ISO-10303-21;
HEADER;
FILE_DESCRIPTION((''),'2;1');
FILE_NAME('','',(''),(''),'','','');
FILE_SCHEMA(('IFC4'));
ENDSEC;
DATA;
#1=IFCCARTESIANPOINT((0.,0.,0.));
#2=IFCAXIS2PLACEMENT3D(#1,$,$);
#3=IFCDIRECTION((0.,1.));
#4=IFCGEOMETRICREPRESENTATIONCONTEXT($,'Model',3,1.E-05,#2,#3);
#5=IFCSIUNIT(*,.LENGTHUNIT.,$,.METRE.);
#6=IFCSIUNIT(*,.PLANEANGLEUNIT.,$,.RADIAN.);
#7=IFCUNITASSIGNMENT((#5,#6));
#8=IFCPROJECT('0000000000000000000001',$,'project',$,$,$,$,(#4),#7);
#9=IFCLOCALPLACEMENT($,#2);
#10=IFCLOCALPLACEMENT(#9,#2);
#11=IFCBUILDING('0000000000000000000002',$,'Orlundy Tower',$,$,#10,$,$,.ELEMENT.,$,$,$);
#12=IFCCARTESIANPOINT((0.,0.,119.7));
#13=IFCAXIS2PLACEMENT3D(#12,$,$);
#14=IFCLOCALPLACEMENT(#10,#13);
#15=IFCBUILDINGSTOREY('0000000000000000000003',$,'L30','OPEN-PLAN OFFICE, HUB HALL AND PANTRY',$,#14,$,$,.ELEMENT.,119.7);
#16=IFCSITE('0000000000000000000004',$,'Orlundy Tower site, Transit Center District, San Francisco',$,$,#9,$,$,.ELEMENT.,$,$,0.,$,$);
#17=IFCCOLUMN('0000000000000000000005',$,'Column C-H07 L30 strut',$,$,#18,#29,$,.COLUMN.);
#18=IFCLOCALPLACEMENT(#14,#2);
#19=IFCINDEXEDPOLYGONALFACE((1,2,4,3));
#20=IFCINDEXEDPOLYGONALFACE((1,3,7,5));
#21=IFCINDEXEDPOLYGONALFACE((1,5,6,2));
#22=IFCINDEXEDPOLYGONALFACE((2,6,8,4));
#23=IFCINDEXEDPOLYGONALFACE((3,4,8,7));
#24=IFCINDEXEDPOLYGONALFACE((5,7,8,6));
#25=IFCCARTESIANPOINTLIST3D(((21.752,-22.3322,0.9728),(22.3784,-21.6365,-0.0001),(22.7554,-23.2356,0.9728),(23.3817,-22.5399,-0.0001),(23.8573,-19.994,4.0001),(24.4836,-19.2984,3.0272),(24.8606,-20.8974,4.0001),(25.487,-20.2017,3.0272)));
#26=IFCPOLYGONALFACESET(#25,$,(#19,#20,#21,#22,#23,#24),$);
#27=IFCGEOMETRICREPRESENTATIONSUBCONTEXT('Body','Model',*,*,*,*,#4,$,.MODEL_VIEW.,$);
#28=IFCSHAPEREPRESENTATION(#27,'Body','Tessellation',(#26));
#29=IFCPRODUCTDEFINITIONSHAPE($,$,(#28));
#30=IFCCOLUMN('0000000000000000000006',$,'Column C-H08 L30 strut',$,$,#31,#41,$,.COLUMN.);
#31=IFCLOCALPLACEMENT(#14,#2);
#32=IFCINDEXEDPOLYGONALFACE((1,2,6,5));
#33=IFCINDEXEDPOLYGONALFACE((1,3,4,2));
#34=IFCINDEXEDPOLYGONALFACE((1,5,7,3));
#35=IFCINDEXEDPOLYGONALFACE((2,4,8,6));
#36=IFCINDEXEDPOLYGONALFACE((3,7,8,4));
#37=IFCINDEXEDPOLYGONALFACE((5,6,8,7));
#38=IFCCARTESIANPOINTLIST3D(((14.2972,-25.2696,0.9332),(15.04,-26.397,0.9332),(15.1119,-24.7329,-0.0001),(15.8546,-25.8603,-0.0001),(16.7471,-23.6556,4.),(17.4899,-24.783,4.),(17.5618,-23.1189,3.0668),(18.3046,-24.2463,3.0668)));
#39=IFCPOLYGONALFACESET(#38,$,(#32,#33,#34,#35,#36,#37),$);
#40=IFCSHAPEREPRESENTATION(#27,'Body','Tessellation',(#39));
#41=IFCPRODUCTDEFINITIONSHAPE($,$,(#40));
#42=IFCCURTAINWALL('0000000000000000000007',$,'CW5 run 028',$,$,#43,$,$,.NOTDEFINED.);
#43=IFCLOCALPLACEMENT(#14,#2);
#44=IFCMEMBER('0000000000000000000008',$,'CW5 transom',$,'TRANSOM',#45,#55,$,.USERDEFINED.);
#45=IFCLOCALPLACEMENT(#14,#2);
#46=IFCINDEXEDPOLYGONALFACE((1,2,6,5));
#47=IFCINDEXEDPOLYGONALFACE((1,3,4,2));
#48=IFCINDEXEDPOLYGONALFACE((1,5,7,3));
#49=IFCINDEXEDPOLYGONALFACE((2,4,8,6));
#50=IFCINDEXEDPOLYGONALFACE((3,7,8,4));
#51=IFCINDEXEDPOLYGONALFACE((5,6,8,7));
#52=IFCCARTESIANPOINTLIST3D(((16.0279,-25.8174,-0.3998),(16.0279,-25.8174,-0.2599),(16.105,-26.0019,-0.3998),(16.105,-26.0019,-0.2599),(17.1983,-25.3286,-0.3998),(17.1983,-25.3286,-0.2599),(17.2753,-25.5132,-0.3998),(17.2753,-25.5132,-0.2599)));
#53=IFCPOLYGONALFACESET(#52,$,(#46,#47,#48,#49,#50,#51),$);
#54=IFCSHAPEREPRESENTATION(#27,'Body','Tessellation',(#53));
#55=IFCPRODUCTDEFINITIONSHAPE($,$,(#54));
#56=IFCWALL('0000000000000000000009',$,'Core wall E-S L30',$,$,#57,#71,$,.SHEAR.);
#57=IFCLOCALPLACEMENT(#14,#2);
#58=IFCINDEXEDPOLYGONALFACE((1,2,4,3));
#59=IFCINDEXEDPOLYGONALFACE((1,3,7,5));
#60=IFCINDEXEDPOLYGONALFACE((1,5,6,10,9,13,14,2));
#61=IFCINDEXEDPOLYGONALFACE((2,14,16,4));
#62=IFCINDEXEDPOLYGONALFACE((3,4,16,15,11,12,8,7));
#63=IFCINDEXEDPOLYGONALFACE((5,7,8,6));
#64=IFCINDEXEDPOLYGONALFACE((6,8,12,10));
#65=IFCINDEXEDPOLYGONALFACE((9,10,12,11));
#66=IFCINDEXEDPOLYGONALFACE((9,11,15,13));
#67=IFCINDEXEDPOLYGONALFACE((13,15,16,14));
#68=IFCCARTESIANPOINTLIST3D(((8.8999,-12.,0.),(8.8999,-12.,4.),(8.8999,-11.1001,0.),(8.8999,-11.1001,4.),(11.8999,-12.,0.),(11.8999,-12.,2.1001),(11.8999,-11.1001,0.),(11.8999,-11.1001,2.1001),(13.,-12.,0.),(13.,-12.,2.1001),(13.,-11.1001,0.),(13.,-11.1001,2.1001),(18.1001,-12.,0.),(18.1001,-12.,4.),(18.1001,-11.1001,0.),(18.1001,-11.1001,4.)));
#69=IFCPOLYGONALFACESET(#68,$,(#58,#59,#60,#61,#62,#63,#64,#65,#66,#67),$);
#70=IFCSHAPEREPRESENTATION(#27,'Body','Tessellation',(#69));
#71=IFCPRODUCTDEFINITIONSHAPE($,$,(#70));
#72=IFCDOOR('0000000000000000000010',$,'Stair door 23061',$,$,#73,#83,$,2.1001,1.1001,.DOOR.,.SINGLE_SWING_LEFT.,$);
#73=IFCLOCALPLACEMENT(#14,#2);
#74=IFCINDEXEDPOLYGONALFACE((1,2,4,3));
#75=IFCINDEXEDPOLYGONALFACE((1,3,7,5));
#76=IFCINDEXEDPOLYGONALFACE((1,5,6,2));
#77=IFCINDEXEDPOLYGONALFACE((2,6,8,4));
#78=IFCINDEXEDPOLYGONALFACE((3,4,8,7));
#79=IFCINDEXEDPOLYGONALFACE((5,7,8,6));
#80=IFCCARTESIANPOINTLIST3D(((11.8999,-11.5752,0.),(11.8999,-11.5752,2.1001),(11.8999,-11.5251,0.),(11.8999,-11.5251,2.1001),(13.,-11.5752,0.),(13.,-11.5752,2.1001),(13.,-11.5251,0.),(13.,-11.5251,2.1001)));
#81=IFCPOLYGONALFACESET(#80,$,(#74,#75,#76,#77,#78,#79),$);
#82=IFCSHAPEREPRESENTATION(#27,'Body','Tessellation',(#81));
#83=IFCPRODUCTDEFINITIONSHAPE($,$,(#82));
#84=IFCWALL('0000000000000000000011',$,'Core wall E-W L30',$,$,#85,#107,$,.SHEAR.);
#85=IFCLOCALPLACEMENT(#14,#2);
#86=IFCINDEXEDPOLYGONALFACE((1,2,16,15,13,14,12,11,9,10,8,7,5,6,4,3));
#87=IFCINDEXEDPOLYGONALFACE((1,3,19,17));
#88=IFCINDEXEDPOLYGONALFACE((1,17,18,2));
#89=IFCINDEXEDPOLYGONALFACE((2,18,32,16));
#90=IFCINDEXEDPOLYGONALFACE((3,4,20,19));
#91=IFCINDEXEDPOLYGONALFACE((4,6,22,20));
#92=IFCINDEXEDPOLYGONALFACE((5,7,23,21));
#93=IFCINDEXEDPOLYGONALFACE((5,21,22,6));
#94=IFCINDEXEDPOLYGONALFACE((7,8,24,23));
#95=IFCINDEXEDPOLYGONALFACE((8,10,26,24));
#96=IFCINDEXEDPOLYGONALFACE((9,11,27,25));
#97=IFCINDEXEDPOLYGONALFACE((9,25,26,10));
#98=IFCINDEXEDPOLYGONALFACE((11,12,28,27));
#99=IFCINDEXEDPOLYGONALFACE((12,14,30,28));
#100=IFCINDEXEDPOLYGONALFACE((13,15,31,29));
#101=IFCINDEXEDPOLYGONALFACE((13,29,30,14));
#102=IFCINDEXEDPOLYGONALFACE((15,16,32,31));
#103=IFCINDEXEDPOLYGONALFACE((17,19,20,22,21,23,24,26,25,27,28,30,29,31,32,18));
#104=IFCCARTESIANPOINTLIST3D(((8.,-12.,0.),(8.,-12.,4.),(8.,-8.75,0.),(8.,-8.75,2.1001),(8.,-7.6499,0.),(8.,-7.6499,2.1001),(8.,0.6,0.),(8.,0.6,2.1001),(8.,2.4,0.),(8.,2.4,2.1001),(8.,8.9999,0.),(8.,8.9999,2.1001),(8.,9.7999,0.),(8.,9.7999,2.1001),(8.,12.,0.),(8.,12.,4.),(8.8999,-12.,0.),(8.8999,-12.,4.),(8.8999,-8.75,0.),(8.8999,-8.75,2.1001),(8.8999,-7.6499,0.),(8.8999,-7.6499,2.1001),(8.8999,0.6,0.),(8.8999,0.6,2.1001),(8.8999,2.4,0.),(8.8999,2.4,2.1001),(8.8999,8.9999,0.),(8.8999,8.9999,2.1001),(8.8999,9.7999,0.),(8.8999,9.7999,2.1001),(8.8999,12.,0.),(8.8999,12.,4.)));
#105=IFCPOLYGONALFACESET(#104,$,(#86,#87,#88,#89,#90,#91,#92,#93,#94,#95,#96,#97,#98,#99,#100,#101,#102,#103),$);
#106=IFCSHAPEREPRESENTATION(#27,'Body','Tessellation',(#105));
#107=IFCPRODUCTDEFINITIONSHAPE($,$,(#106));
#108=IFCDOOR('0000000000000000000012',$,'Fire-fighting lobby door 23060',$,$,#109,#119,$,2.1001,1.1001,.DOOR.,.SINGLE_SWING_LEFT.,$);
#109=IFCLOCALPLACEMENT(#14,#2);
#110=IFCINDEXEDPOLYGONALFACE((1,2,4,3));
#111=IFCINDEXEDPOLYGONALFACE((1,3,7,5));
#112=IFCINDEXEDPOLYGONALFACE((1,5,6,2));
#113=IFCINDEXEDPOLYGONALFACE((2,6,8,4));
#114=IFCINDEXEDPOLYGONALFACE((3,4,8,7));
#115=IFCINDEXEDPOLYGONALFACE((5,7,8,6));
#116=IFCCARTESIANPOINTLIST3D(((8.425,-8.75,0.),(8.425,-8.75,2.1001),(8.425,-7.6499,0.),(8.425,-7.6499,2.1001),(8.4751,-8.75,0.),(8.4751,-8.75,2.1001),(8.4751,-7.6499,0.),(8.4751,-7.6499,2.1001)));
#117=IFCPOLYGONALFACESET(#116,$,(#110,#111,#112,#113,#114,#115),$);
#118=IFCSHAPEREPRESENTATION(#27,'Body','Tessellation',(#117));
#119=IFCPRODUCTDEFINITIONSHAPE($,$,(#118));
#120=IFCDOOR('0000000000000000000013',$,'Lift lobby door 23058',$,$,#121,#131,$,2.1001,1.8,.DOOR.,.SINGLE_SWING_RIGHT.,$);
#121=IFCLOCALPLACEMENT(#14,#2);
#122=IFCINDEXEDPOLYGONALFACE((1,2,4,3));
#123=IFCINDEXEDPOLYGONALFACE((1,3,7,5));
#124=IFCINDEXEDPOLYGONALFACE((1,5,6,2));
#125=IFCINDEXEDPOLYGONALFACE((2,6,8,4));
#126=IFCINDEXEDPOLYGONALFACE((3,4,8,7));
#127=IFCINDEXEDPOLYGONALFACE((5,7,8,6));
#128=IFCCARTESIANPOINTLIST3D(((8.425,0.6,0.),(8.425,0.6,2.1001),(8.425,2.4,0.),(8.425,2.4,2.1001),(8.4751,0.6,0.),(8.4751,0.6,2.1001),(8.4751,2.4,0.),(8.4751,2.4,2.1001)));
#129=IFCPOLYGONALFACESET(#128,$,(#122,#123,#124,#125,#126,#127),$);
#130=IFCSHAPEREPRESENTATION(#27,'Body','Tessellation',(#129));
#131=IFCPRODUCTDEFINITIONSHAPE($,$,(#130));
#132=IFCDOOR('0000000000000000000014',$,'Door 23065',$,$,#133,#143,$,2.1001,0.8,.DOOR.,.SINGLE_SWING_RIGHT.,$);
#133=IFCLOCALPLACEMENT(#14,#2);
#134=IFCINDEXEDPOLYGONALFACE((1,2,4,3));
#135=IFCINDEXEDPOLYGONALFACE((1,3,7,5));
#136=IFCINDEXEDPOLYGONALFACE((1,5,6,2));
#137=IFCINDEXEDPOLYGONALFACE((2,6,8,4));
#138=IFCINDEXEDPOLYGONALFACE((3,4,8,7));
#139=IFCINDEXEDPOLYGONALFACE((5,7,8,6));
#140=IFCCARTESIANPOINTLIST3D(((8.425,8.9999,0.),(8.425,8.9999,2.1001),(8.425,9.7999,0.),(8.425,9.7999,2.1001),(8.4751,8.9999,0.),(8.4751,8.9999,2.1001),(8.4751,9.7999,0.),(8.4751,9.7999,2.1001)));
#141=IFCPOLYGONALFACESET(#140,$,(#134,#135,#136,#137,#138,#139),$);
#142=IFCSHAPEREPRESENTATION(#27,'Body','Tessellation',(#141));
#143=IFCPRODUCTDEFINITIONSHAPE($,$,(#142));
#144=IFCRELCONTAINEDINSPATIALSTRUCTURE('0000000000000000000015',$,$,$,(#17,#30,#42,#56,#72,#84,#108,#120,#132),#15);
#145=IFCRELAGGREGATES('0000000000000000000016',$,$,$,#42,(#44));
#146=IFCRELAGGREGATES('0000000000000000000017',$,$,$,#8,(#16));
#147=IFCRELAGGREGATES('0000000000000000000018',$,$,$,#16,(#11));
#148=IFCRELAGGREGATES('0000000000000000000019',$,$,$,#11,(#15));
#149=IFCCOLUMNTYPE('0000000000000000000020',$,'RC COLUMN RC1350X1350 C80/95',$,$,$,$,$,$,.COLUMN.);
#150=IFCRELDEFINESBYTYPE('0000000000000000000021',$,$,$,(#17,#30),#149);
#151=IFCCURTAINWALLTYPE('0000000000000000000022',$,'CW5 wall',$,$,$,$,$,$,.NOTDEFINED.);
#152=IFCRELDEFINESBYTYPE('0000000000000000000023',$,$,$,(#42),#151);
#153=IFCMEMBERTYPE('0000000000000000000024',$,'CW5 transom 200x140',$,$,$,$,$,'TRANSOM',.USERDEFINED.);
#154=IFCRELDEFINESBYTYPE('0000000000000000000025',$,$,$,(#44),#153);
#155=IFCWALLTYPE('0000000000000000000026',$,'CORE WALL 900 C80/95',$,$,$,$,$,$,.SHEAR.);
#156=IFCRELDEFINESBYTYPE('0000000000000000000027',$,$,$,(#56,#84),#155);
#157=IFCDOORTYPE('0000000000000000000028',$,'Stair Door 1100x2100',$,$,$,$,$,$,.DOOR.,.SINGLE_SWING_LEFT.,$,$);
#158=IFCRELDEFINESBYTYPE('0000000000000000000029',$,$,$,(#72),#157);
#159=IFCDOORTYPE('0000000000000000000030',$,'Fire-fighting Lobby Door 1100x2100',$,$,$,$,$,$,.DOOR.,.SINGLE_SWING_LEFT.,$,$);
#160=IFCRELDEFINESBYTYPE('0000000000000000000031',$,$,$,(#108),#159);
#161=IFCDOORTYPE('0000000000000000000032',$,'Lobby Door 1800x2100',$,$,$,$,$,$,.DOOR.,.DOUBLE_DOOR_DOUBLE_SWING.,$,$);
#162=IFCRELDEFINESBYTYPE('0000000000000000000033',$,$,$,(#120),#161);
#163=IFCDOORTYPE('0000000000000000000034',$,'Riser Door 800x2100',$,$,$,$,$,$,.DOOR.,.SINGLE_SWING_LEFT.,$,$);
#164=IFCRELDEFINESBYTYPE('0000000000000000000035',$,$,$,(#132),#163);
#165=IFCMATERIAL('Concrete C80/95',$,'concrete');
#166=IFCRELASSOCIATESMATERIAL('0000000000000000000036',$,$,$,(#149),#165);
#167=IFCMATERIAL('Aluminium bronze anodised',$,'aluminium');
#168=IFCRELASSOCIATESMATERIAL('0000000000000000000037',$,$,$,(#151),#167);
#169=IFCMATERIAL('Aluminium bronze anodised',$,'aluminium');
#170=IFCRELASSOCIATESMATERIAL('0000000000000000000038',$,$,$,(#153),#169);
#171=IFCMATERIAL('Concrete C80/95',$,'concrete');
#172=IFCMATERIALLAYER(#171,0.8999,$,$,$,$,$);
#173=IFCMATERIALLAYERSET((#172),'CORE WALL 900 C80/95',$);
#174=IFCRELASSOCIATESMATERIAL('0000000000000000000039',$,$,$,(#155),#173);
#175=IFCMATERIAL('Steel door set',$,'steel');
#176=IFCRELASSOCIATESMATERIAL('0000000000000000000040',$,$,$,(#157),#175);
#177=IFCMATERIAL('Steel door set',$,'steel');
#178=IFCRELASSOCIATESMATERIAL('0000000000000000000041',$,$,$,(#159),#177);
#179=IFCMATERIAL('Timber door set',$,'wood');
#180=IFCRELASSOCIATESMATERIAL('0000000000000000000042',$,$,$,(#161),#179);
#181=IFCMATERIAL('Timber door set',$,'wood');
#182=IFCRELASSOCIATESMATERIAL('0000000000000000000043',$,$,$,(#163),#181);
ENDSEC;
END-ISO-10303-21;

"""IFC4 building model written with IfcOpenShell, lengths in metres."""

from ifc_helpers import new_model, si_unit, direction, frame, frame_2d, origin, origin_2d, place, context, subcontext, project, spatial, rectangle, extrude, material, layer, layer_set, material_profile, profile_set, type_object, element, fill, aggregate, save


model = new_model("IFC4")

# Units and contexts
model_context = context("Model", 3, precision=1e-05, world=origin(), true_north=direction((0.0, 1.0)))
body_context = subcontext(model_context, "Body", "Model", "MODEL_VIEW")
ifc_project = project(units=[si_unit("LENGTHUNIT", "METRE"), si_unit("PLANEANGLEUNIT", "RADIAN")], contexts=[model_context])

# Site, building, storey
site_placement = place(None, origin())
site = spatial("IfcSite", under=ifc_project, at=site_placement, Name="Orlundy Tower site, Transit Center District, San Francisco", CompositionType="ELEMENT", RefElevation=0.0)
building_placement = place(site_placement, origin())
building = spatial("IfcBuilding", under=site, at=building_placement, Name="Orlundy Tower", CompositionType="ELEMENT")
storey_placement = place(building_placement, frame((0.0, 0.0, 119.7)))
storey = spatial("IfcBuildingStorey", under=building, at=storey_placement, Name="L30", Description="OPEN-PLAN OFFICE, HUB HALL AND PANTRY", CompositionType="ELEMENT", Elevation=119.7)

# Columns
ifc_material_1 = material(Name="Concrete C80/95", Category="concrete")
ifc_material_profile_1 = material_profile(ifc_material_1, rectangle(XDim=1.3501, YDim=1.3501, at=origin_2d()), Name="RC1350X1350")
ifc_profile_set_1 = profile_set([ifc_material_profile_1], Name="Concrete C80/95")
column_type = type_object("IfcColumnType", Name="RC COLUMN RC1350X1350 C80/95", PredefinedType="COLUMN", material=ifc_profile_set_1)
column_1_placement = place(storey_placement, frame((22.5669, -22.436, 0.4863), z_axis=(0.482165, 0.535509, 0.69336), x_axis=(-0.743151, 0.669123, 0.0)))
element("IfcColumn", 1, at=column_1_placement, inside=storey, type_object=column_type, Name="Column C-H07 L30 strut", PredefinedType="COLUMN", context=body_context, shape_type="SweptSolid", body=[
    extrude(rectangle(XDim=1.3501, YDim=1.3501, at=origin_2d()), origin(), (0.0, 0.0, 1.0), 4.3662),
])
column_2_placement = place(storey_placement, frame((15.0759, -25.5649, 0.4666), z_axis=(0.577248, 0.380288, 0.72261), x_axis=(-0.550141, 0.835072, 0.0)))
element("IfcColumn", 2, at=column_2_placement, inside=storey, type_object=column_type, Name="Column C-H08 L30 strut", PredefinedType="COLUMN", context=body_context, shape_type="SweptSolid", body=[
    extrude(rectangle(XDim=1.3501, YDim=1.3501, at=origin_2d()), origin(), (0.0, 0.0, 1.0), 4.2441),
])

# Curtain wall, member
ifc_material_2 = material(Name="Aluminium bronze anodised", Category="aluminium")
curtain_wall_type = type_object("IfcCurtainWallType", Name="CW5 wall", PredefinedType="NOTDEFINED", material=ifc_material_2)
curtain_wall_placement = place(storey_placement, origin())
curtain_wall = element("IfcCurtainWall", 3, at=curtain_wall_placement, inside=storey, type_object=curtain_wall_type, Name="CW5 run 028", PredefinedType="NOTDEFINED")
ifc_material_3 = material(Name="Aluminium bronze anodised", Category="aluminium")
ifc_material_profile_2 = material_profile(ifc_material_3, rectangle(XDim=0.2, YDim=0.1399, at=origin_2d()), Name="CW5 transom 200x140")
ifc_profile_set_2 = profile_set([ifc_material_profile_2], Name="Aluminium bronze anodised")
member_type = type_object("IfcMemberType", Name="CW5 transom 200x140", ElementType="TRANSOM", PredefinedType="USERDEFINED", material=ifc_profile_set_2)
member_placement = place(storey_placement, frame((17.2368, -25.4209, -0.3298), z_axis=(-0.922769, -0.385353, 0.0), x_axis=(0.385353, -0.922769, 0.0)))
member = element("IfcMember", 4, at=member_placement, type_object=member_type, Name="CW5 transom", ObjectType="TRANSOM", PredefinedType="USERDEFINED", context=body_context, shape_type="SweptSolid", body=[
    extrude(rectangle(XDim=0.2, YDim=0.1399, at=origin_2d()), origin(), (0.0, 0.0, 1.0), 1.2683),
])
aggregate(curtain_wall, [member])

# Wall, opening, door
ifc_material_4 = material(Name="Concrete C80/95", Category="concrete")
ifc_layer_1 = layer(ifc_material_4, 0.8999)
ifc_layer_set_1 = layer_set([ifc_layer_1], Name="CORE WALL 900 C80/95")
wall_type_1 = type_object("IfcWallType", Name="CORE WALL 900 C80/95", PredefinedType="SHEAR", material=ifc_layer_set_1)
wall_1_placement = place(storey_placement, frame((8.8999, -11.55, 0.0), z_axis=(0.0, 0.0, 1.0), x_axis=(1.0, 0.0, 0.0)))
wall_1 = element("IfcWall", 5, at=wall_1_placement, inside=storey, type_object=wall_type_1, Name="Core wall E-S L30", PredefinedType="SHEAR", context=body_context, shape_type="SweptSolid", body=[
    extrude(rectangle(XDim=9.2002, YDim=0.8999, at=frame_2d((4.6001, 0.0))), origin(), (0.0, 0.0, 1.0), 4.0),
])
opening_1_placement = place(wall_1_placement, frame((3.0, 0.0, 0.0)))
opening_1 = element("IfcOpeningElement", 6, at=opening_1_placement, cuts=wall_1, PredefinedType="OPENING", context=body_context, shape_type="SweptSolid", body=[
    extrude(rectangle(XDim=1.1001, YDim=2.1001, at=frame_2d((0.55, 1.05))), frame((0.0, 0.46, 0.0), z_axis=(0.0, -1.0, 0.0), x_axis=(1.0, 0.0, 0.0)), (0.0, 0.0, 1.0), 0.9199),
])
ifc_material_5 = material(Name="Steel door set", Category="steel")
door_type_1 = type_object("IfcDoorType", Name="Stair Door 1100x2100", OperationType="SINGLE_SWING_LEFT", PredefinedType="DOOR", material=ifc_material_5)
door_1_placement = place(opening_1_placement, origin())
door_1 = element("IfcDoor", 7, at=door_1_placement, inside=storey, type_object=door_type_1, Name="Stair door 23061", OperationType="SINGLE_SWING_LEFT", OverallHeight=2.1001, OverallWidth=1.1001, PredefinedType="DOOR", context=body_context, shape_type="SweptSolid", body=[
    extrude(rectangle(XDim=1.1001, YDim=2.1001, at=frame_2d((0.55, 1.05))), frame((0.0, 0.0249, 0.0), z_axis=(0.0, -1.0, 0.0), x_axis=(1.0, 0.0, 0.0)), (0.0, 0.0, 1.0), 0.05),
])
fill(opening_1, door_1)

# Wall, openings, doors
wall_2_placement = place(storey_placement, frame((8.45, -12.0, 0.0), z_axis=(0.0, 0.0, 1.0), x_axis=(0.0, 1.0, 0.0)))
wall_2 = element("IfcWall", 8, at=wall_2_placement, inside=storey, type_object=wall_type_1, Name="Core wall E-W L30", PredefinedType="SHEAR", context=body_context, shape_type="SweptSolid", body=[
    extrude(rectangle(XDim=24.0, YDim=0.8999, at=frame_2d((12.0, 0.0))), origin(), (0.0, 0.0, 1.0), 4.0),
])
opening_2_placement = place(wall_2_placement, frame((12.6001, 0.0, 0.0)))
opening_2 = element("IfcOpeningElement", 9, at=opening_2_placement, cuts=wall_2, PredefinedType="OPENING", context=body_context, shape_type="SweptSolid", body=[
    extrude(rectangle(XDim=1.8, YDim=2.1001, at=frame_2d((0.8999, 1.05))), frame((0.0, 0.46, 0.0), z_axis=(0.0, -1.0, 0.0), x_axis=(1.0, 0.0, 0.0)), (0.0, 0.0, 1.0), 0.9199),
])
opening_3_placement = place(wall_2_placement, frame((3.25, 0.0, 0.0)))
opening_3 = element("IfcOpeningElement", 10, at=opening_3_placement, cuts=wall_2, PredefinedType="OPENING", context=body_context, shape_type="SweptSolid", body=[
    extrude(rectangle(XDim=1.1001, YDim=2.1001, at=frame_2d((0.55, 1.05))), frame((0.0, 0.46, 0.0), z_axis=(0.0, -1.0, 0.0), x_axis=(1.0, 0.0, 0.0)), (0.0, 0.0, 1.0), 0.9199),
])
opening_4_placement = place(wall_2_placement, frame((21.0, 0.0, 0.0)))
opening_4 = element("IfcOpeningElement", 11, at=opening_4_placement, cuts=wall_2, PredefinedType="OPENING", context=body_context, shape_type="SweptSolid", body=[
    extrude(rectangle(XDim=0.8, YDim=2.1001, at=frame_2d((0.3999, 1.05))), frame((0.0, 0.46, 0.0), z_axis=(0.0, -1.0, 0.0), x_axis=(1.0, 0.0, 0.0)), (0.0, 0.0, 1.0), 0.9199),
])
ifc_material_6 = material(Name="Steel door set", Category="steel")
door_type_2 = type_object("IfcDoorType", Name="Fire-fighting Lobby Door 1100x2100", OperationType="SINGLE_SWING_LEFT", PredefinedType="DOOR", material=ifc_material_6)
door_2_placement = place(opening_3_placement, origin())
door_2 = element("IfcDoor", 12, at=door_2_placement, inside=storey, type_object=door_type_2, Name="Fire-fighting lobby door 23060", OperationType="SINGLE_SWING_LEFT", OverallHeight=2.1001, OverallWidth=1.1001, PredefinedType="DOOR", context=body_context, shape_type="SweptSolid", body=[
    extrude(rectangle(XDim=1.1001, YDim=2.1001, at=frame_2d((0.55, 1.05))), frame((0.0, 0.0249, 0.0), z_axis=(0.0, -1.0, 0.0), x_axis=(1.0, 0.0, 0.0)), (0.0, 0.0, 1.0), 0.05),
])
fill(opening_3, door_2)
ifc_material_7 = material(Name="Timber door set", Category="wood")
door_type_3 = type_object("IfcDoorType", Name="Lobby Door 1800x2100", OperationType="DOUBLE_DOOR_DOUBLE_SWING", PredefinedType="DOOR", material=ifc_material_7)
door_3_placement = place(opening_2_placement, origin())
door_3 = element("IfcDoor", 13, at=door_3_placement, inside=storey, type_object=door_type_3, Name="Lift lobby door 23058", OperationType="SINGLE_SWING_RIGHT", OverallHeight=2.1001, OverallWidth=1.8, PredefinedType="DOOR", context=body_context, shape_type="SweptSolid", body=[
    extrude(rectangle(XDim=1.8, YDim=2.1001, at=frame_2d((0.8999, 1.05))), frame((0.0, 0.0249, 0.0), z_axis=(0.0, -1.0, 0.0), x_axis=(1.0, 0.0, 0.0)), (0.0, 0.0, 1.0), 0.05),
])
fill(opening_2, door_3)
ifc_material_8 = material(Name="Timber door set", Category="wood")
door_type_4 = type_object("IfcDoorType", Name="Riser Door 800x2100", OperationType="SINGLE_SWING_LEFT", PredefinedType="DOOR", material=ifc_material_8)
door_4_placement = place(opening_4_placement, origin())
door_4 = element("IfcDoor", 14, at=door_4_placement, inside=storey, type_object=door_type_4, Name="Door 23065", OperationType="SINGLE_SWING_RIGHT", OverallHeight=2.1001, OverallWidth=0.8, PredefinedType="DOOR", context=body_context, shape_type="SweptSolid", body=[
    extrude(rectangle(XDim=0.8, YDim=2.1001, at=frame_2d((0.3999, 1.05))), frame((0.0, 0.0249, 0.0), z_axis=(0.0, -1.0, 0.0), x_axis=(1.0, 0.0, 0.0)), (0.0, 0.0, 1.0), 0.05),
])
fill(opening_4, door_4)

save(model, "model.ifc")
